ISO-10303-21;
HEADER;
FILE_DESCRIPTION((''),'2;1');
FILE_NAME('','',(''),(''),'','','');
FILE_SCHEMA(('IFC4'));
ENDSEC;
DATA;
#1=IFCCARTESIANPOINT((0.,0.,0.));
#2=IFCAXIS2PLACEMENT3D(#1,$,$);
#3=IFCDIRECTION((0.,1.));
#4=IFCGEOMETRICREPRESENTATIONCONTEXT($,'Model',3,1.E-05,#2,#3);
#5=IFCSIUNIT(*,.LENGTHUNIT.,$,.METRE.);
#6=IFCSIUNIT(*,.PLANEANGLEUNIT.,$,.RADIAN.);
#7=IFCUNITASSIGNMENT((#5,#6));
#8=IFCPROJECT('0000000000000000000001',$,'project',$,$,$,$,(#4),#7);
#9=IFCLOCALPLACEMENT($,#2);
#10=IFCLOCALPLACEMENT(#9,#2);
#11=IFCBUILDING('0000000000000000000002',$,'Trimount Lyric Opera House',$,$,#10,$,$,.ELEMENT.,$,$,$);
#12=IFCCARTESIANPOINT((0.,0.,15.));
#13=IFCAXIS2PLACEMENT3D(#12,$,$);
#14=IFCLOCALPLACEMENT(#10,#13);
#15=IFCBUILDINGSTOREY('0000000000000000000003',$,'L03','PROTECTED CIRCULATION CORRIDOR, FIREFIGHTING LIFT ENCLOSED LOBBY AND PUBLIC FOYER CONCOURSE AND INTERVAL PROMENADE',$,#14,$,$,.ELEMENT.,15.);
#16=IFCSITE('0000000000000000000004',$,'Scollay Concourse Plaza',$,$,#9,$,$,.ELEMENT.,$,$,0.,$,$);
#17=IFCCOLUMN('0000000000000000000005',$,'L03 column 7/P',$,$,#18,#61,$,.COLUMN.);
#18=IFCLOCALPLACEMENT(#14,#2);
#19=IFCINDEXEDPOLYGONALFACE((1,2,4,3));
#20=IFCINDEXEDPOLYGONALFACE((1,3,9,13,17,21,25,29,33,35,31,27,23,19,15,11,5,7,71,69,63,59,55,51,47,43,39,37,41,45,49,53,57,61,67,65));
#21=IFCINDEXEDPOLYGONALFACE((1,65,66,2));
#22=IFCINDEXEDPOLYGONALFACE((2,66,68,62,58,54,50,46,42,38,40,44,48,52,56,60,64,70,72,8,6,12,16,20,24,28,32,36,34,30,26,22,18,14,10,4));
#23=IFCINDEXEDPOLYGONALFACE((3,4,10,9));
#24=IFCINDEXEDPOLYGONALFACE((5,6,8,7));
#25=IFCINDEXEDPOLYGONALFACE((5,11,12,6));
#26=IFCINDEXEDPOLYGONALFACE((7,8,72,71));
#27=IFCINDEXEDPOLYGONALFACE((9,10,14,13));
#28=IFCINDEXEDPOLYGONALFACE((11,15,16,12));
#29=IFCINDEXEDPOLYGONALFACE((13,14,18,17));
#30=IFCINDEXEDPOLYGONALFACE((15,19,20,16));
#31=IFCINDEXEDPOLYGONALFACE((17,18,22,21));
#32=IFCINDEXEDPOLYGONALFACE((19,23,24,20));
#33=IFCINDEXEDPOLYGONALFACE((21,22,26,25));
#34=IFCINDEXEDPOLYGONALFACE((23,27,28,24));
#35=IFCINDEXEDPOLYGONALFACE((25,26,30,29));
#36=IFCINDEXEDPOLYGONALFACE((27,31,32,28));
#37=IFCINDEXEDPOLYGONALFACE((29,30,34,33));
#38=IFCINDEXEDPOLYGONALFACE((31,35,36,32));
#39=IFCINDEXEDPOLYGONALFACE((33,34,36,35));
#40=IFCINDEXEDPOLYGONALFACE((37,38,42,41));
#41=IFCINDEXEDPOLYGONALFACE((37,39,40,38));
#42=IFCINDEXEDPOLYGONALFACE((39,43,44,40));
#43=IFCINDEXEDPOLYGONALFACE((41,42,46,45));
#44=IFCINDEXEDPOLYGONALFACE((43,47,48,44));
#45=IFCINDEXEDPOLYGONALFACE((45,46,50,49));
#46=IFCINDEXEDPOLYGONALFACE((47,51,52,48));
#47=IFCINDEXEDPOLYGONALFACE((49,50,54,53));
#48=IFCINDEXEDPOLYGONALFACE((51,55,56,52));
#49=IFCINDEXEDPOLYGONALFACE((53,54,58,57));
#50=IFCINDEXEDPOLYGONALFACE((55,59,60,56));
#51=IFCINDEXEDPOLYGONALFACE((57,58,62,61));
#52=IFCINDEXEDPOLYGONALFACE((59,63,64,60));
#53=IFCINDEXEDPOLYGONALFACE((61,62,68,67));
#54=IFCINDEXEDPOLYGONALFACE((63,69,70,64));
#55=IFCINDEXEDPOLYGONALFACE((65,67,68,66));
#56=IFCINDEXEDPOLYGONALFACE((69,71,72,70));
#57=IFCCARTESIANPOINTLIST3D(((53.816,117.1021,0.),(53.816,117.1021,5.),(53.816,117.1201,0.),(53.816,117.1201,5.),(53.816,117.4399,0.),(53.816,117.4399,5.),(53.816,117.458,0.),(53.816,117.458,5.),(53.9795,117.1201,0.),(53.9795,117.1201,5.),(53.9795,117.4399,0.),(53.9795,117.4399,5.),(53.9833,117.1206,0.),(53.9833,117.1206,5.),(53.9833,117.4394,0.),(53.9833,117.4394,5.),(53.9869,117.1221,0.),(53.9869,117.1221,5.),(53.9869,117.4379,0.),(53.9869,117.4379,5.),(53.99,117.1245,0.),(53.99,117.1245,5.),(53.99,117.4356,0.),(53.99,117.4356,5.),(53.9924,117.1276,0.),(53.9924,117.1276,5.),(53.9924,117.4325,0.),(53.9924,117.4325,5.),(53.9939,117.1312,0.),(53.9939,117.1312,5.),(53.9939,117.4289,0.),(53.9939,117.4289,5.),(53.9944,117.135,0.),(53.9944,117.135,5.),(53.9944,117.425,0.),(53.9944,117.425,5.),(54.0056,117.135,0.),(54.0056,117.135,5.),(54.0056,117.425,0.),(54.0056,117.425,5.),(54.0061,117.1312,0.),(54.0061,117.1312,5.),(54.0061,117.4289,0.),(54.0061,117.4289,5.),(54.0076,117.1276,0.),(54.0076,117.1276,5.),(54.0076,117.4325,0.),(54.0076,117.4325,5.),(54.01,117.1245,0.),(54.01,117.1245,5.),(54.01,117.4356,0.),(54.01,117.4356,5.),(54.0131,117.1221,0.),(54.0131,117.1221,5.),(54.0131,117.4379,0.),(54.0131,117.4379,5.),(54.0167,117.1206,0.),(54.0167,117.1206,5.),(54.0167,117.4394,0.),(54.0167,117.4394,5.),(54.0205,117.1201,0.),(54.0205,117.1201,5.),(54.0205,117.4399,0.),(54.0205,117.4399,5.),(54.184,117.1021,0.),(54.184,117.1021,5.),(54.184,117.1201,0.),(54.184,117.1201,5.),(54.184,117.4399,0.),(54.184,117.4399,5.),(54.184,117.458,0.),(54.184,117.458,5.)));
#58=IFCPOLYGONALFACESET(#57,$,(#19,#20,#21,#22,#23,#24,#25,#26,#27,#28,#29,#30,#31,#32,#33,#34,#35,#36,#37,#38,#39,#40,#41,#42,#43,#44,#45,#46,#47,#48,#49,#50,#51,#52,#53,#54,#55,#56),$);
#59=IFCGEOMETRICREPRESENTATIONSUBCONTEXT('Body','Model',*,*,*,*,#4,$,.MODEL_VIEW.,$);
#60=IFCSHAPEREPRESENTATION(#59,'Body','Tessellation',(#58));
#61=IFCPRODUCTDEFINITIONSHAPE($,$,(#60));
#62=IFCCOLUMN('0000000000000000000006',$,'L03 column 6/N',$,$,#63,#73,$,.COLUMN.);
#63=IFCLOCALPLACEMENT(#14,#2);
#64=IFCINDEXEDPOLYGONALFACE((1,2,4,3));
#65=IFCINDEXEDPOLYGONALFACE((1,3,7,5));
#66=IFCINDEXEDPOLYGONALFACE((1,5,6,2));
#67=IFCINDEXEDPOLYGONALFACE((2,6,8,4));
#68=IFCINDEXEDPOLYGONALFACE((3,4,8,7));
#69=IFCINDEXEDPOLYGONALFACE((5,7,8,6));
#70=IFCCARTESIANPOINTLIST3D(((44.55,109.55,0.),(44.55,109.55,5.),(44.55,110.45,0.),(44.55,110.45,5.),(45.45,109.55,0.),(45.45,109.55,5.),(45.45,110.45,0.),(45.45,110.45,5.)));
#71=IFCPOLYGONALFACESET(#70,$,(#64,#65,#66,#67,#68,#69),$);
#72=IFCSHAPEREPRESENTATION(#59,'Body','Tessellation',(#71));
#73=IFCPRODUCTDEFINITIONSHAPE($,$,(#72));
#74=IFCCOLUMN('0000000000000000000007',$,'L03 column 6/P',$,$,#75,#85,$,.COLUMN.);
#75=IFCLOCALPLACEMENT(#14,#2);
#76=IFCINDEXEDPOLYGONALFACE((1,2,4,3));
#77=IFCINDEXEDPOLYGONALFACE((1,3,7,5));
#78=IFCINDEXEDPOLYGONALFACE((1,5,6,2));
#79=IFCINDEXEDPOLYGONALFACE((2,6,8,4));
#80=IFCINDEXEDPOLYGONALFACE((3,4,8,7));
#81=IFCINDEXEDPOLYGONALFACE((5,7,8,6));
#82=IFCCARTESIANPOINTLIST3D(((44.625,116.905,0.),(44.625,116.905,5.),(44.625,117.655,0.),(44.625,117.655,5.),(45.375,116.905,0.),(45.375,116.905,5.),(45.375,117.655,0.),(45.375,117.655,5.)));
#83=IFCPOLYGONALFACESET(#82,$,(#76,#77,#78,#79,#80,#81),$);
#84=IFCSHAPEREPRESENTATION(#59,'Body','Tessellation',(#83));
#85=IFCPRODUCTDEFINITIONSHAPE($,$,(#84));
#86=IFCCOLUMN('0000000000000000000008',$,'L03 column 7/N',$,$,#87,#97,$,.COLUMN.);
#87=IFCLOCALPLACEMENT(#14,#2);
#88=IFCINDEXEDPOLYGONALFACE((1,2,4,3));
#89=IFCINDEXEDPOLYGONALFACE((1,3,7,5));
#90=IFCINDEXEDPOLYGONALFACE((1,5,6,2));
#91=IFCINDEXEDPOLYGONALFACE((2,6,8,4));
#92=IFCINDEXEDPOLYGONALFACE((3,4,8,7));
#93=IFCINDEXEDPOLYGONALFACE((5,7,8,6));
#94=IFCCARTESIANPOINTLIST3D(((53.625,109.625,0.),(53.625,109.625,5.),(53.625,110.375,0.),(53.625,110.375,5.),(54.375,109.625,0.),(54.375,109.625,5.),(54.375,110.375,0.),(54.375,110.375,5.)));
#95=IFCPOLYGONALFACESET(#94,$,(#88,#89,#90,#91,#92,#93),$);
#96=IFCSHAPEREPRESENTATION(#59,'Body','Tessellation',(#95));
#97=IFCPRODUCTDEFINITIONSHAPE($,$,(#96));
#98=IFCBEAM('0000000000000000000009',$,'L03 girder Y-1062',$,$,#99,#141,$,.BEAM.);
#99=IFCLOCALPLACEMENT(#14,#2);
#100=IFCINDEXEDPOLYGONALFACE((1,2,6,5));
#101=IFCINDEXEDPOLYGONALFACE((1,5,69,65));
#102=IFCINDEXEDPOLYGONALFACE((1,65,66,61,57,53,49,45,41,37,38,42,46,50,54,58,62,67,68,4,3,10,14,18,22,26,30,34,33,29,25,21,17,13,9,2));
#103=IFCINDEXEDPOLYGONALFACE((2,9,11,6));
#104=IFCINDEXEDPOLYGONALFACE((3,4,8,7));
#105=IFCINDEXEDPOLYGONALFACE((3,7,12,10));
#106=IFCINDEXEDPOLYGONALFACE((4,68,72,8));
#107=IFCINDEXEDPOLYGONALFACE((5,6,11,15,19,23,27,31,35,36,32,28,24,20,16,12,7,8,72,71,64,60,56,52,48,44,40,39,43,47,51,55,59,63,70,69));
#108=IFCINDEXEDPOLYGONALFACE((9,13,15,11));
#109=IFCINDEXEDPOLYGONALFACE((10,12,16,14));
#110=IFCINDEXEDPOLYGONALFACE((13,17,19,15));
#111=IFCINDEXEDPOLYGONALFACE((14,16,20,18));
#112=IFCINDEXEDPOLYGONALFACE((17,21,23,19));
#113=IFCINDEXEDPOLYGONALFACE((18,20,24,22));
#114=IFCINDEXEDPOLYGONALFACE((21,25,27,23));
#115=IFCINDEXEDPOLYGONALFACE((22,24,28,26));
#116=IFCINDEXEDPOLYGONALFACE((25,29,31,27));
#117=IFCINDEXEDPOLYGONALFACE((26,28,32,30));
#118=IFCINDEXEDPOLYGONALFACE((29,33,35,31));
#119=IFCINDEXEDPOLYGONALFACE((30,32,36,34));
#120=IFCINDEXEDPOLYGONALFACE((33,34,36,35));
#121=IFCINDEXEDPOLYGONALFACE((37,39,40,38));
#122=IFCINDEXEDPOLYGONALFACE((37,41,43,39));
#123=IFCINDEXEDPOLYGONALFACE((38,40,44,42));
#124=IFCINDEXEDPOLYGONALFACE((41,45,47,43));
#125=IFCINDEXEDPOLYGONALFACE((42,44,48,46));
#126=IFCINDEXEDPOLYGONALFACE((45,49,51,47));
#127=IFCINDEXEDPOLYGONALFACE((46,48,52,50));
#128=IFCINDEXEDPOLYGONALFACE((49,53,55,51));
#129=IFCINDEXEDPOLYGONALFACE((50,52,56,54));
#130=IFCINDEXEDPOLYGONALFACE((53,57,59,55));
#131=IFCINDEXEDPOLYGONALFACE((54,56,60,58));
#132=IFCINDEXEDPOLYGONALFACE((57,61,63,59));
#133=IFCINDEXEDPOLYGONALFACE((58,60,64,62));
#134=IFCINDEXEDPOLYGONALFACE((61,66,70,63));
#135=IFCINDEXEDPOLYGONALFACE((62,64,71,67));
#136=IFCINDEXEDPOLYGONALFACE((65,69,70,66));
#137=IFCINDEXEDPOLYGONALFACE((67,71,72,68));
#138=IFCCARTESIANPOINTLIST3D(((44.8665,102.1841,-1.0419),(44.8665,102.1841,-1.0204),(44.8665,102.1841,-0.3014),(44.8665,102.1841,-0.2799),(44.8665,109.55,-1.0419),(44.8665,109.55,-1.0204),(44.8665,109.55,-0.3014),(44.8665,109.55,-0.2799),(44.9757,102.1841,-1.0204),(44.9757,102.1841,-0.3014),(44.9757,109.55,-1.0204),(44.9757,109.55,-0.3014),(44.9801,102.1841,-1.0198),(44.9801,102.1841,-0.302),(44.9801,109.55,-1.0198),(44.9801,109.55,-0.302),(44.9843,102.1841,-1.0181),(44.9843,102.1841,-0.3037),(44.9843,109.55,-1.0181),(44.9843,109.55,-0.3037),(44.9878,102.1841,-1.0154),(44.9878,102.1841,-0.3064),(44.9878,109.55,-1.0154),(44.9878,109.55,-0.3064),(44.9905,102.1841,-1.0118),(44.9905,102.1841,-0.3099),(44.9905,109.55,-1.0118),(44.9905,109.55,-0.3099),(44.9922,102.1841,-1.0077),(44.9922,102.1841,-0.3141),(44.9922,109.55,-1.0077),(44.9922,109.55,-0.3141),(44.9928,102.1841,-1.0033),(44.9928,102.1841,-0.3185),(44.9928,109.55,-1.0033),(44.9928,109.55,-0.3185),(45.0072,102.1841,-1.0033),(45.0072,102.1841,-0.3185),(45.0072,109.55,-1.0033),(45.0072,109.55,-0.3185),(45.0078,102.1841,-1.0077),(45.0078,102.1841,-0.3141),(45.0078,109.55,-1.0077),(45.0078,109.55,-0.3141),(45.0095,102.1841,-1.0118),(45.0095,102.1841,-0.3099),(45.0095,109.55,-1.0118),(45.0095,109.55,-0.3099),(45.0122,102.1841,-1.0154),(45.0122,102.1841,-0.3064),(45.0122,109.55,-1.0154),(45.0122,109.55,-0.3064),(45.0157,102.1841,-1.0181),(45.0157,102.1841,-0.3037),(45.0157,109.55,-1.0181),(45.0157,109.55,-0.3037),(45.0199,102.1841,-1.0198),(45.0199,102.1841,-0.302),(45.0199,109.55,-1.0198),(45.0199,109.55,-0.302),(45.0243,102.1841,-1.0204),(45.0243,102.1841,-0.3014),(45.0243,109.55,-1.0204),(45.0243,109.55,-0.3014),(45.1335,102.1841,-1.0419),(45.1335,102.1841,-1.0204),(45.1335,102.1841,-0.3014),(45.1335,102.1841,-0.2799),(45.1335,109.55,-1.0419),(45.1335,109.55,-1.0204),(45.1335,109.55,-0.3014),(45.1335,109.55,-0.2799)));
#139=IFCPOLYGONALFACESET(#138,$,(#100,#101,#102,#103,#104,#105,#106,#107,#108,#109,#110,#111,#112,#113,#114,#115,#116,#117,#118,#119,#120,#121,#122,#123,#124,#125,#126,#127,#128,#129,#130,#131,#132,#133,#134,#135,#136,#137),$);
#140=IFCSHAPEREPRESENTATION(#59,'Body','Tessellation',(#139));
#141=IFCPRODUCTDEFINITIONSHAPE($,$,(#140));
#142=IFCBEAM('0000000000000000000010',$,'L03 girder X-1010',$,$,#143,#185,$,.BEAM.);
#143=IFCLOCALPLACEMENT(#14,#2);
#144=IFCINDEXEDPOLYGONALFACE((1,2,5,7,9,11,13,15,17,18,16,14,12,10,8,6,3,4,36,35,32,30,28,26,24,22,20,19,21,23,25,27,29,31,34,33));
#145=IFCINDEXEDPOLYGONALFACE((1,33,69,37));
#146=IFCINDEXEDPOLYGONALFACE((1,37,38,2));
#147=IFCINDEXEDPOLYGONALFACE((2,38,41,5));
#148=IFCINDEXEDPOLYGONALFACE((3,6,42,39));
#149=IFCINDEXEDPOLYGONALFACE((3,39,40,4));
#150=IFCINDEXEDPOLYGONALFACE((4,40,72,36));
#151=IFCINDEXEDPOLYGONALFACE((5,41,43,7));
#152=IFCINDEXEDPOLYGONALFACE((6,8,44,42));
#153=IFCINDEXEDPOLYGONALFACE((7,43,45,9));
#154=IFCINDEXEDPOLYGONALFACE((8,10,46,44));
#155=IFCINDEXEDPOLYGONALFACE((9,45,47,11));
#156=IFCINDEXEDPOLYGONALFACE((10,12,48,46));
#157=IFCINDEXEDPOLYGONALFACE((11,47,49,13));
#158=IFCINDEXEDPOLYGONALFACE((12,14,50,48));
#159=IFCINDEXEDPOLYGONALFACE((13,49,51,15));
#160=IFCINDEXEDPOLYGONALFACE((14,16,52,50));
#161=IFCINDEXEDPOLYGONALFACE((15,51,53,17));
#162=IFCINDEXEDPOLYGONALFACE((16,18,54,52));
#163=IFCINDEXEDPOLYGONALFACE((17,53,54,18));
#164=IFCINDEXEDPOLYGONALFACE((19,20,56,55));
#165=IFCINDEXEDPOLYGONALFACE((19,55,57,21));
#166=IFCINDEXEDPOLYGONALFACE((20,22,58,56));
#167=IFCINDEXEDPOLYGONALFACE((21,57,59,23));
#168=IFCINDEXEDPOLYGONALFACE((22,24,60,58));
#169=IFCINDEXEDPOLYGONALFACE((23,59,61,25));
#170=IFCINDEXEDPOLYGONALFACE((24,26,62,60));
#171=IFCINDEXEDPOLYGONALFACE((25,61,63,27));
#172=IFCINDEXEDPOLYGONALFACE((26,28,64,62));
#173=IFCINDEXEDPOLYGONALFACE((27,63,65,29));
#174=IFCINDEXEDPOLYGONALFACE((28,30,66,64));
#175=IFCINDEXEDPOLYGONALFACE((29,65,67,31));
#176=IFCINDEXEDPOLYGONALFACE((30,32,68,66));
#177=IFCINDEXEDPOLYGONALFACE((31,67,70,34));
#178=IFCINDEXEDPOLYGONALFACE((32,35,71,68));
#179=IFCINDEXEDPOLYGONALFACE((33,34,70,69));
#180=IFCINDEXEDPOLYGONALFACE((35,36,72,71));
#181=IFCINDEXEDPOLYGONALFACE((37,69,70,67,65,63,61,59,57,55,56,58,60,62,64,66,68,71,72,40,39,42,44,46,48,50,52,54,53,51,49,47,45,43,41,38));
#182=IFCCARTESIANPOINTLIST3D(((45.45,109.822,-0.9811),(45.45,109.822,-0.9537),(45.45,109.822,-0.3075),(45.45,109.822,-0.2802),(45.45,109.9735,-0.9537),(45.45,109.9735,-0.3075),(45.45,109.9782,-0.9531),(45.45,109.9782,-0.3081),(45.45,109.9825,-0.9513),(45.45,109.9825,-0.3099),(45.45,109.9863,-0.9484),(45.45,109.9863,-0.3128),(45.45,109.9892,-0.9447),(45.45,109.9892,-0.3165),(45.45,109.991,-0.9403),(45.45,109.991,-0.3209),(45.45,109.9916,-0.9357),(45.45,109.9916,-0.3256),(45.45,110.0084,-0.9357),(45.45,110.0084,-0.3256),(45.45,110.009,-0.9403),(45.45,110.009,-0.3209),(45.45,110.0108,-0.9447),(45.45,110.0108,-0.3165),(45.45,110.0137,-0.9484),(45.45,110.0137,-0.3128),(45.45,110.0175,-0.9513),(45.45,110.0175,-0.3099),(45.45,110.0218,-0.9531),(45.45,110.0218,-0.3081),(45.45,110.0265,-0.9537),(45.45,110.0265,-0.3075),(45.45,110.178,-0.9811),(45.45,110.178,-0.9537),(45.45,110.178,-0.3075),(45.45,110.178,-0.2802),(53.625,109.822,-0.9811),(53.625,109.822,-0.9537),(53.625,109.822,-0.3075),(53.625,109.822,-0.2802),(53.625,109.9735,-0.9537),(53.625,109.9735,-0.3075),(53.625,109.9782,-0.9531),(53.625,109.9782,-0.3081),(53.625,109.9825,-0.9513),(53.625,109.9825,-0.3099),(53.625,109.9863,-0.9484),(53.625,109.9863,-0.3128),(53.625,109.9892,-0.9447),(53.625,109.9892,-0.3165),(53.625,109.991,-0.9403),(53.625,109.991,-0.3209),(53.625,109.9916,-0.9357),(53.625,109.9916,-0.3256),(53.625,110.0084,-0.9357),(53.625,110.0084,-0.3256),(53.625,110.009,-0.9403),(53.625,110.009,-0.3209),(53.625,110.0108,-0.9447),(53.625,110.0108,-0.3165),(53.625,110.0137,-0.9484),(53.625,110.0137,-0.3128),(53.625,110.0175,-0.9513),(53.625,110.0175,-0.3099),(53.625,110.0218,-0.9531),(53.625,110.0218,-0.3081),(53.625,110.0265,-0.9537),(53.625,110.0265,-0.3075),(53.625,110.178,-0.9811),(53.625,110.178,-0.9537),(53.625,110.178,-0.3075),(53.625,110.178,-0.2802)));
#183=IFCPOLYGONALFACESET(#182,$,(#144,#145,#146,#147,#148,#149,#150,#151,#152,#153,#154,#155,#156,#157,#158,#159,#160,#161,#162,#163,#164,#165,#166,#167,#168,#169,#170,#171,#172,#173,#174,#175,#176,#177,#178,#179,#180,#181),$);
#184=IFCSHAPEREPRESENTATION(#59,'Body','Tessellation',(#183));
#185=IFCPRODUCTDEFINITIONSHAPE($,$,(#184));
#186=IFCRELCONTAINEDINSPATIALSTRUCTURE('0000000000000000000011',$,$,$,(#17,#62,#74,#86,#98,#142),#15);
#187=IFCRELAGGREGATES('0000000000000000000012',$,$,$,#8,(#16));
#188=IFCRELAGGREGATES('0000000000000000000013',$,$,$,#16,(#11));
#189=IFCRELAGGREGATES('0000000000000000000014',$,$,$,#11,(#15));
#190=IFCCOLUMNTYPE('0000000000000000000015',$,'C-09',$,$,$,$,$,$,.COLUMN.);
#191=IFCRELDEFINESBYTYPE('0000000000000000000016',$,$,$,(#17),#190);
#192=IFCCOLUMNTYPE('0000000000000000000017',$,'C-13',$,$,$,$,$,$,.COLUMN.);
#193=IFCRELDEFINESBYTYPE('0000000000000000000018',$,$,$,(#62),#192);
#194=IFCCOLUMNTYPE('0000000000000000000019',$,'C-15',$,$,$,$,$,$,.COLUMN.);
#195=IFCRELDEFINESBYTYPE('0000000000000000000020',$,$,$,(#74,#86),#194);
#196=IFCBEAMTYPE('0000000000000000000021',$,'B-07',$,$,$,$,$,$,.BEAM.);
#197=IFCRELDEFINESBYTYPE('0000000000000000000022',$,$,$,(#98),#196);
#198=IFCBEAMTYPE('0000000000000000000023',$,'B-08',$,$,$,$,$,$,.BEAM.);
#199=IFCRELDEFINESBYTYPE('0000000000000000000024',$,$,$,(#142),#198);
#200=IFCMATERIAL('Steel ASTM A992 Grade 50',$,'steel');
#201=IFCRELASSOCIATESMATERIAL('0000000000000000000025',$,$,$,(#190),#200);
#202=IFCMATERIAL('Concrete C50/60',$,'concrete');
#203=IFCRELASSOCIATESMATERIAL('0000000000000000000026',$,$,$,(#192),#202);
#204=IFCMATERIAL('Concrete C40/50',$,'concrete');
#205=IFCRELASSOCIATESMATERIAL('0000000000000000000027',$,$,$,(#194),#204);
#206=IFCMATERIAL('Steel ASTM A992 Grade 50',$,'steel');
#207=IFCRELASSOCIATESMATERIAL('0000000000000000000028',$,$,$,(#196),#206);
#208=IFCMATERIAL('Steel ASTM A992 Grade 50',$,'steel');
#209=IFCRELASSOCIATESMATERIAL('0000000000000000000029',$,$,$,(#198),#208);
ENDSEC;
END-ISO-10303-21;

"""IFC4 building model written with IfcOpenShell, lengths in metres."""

from ifc_helpers import new_model, si_unit, direction, frame, origin, origin_2d, place, context, subcontext, project, spatial, rectangle, i_section, extrude, material, material_profile, profile_set, type_object, element, save


model = new_model("IFC4")

# Units and contexts
model_context = context("Model", 3, precision=1e-05, world=origin(), true_north=direction((0.0, 1.0)))
body_context = subcontext(model_context, "Body", "Model", "MODEL_VIEW")
ifc_project = project(units=[si_unit("LENGTHUNIT", "METRE"), si_unit("PLANEANGLEUNIT", "RADIAN")], contexts=[model_context])

# Site, building, storey
site_placement = place(None, origin())
site = spatial("IfcSite", under=ifc_project, at=site_placement, Name="Scollay Concourse Plaza", CompositionType="ELEMENT", RefElevation=0.0)
building_placement = place(site_placement, origin())
building = spatial("IfcBuilding", under=site, at=building_placement, Name="Trimount Lyric Opera House", CompositionType="ELEMENT")
storey_placement = place(building_placement, frame((0.0, 0.0, 15.0)))
storey = spatial("IfcBuildingStorey", under=building, at=storey_placement, Name="L03", Description="PROTECTED CIRCULATION CORRIDOR, FIREFIGHTING LIFT ENCLOSED LOBBY AND PUBLIC FOYER CONCOURSE AND INTERVAL PROMENADE", CompositionType="ELEMENT", Elevation=15.0)

# Columns
ifc_material_1 = material(Name="Steel ASTM A992 Grade 50", Category="steel")
ifc_material_profile_1 = material_profile(ifc_material_1, i_section(OverallWidth=0.3679, OverallDepth=0.356, WebThickness=0.0112, FlangeThickness=0.0181, FilletRadius=0.0149, at=origin_2d()), Name="W14X90")
ifc_profile_set_1 = profile_set([ifc_material_profile_1], Name="Steel ASTM A992 Grade 50")
column_type_1 = type_object("IfcColumnType", Name="C-09", PredefinedType="COLUMN", material=ifc_profile_set_1)
column_1_placement = place(storey_placement, frame((54.0, 117.28, 0.0), z_axis=(0.0, 0.0, 1.0), x_axis=(1.0, 0.0, 0.0)))
element("IfcColumn", 1, at=column_1_placement, inside=storey, type_object=column_type_1, Name="L03 column 7/P", PredefinedType="COLUMN", context=body_context, shape_type="SweptSolid", body=[
    extrude(i_section(OverallWidth=0.3679, OverallDepth=0.356, WebThickness=0.0112, FlangeThickness=0.0181, FilletRadius=0.0149, at=origin_2d()), origin(), (0.0, 0.0, 1.0), 5.0),
])
ifc_material_2 = material(Name="Concrete C50/60", Category="concrete")
ifc_material_profile_2 = material_profile(ifc_material_2, rectangle(XDim=0.8999, YDim=0.8999, at=origin_2d()), Name="RC900X900")
ifc_profile_set_2 = profile_set([ifc_material_profile_2], Name="Concrete C50/60")
column_type_2 = type_object("IfcColumnType", Name="C-13", PredefinedType="COLUMN", material=ifc_profile_set_2)
column_2_placement = place(storey_placement, frame((45.0, 110.0, 0.0), z_axis=(0.0, 0.0, 1.0), x_axis=(1.0, 0.0, 0.0)))
element("IfcColumn", 2, at=column_2_placement, inside=storey, type_object=column_type_2, Name="L03 column 6/N", PredefinedType="COLUMN", context=body_context, shape_type="SweptSolid", body=[
    extrude(rectangle(XDim=0.8999, YDim=0.8999, at=origin_2d()), origin(), (0.0, 0.0, 1.0), 5.0),
])
ifc_material_3 = material(Name="Concrete C40/50", Category="concrete")
ifc_material_profile_3 = material_profile(ifc_material_3, rectangle(XDim=0.75, YDim=0.75, at=origin_2d()), Name="RC750X750")
ifc_profile_set_3 = profile_set([ifc_material_profile_3], Name="Concrete C40/50")
column_type_3 = type_object("IfcColumnType", Name="C-15", PredefinedType="COLUMN", material=ifc_profile_set_3)
for number, where, z_axis, x_axis, name in (
    (3, (45.0, 117.28, 0.0), (0.0, 0.0, 1.0), (1.0, 0.0, 0.0), "L03 column 6/P"),
    (4, (54.0, 110.0, 0.0), (0.0, 0.0, 1.0), (1.0, 0.0, 0.0), "L03 column 7/N"),
):
    element("IfcColumn", number, at=place(storey_placement, frame(where, z_axis=z_axis, x_axis=x_axis)), inside=storey, type_object=column_type_3, Name=name, PredefinedType="COLUMN", context=body_context, shape_type="SweptSolid", body=[
        extrude(rectangle(XDim=0.75, YDim=0.75, at=origin_2d()), origin(), (0.0, 0.0, 1.0), 5.0),
    ])

# Beams
ifc_material_4 = material(Name="Steel ASTM A992 Grade 50", Category="steel")
ifc_material_profile_4 = material_profile(ifc_material_4, i_section(OverallWidth=0.2671, OverallDepth=0.762, WebThickness=0.0144, FlangeThickness=0.0215, FilletRadius=0.0171, at=origin_2d()), Name="W30X116")
ifc_profile_set_4 = profile_set([ifc_material_profile_4], Name="Steel ASTM A992 Grade 50")
beam_type_1 = type_object("IfcBeamType", Name="B-07", PredefinedType="BEAM", material=ifc_profile_set_4)
beam_1_placement = place(storey_placement, frame((45.0, 102.1841, -0.6609), z_axis=(0.0, 1.0, 0.0), x_axis=(-1.0, 0.0, 0.0)))
element("IfcBeam", 5, at=beam_1_placement, inside=storey, type_object=beam_type_1, Name="L03 girder Y-1062", PredefinedType="BEAM", context=body_context, shape_type="SweptSolid", body=[
    extrude(i_section(OverallWidth=0.2671, OverallDepth=0.762, WebThickness=0.0144, FlangeThickness=0.0215, FilletRadius=0.0171, at=origin_2d()), origin(), (0.0, 0.0, 1.0), 7.366),
])
ifc_material_5 = material(Name="Steel ASTM A992 Grade 50", Category="steel")
ifc_material_profile_5 = material_profile(ifc_material_5, i_section(OverallWidth=0.356, OverallDepth=0.7009, WebThickness=0.0168, FlangeThickness=0.0273, FilletRadius=0.0181, at=origin_2d()), Name="W27X161")
ifc_profile_set_5 = profile_set([ifc_material_profile_5], Name="Steel ASTM A992 Grade 50")
beam_type_2 = type_object("IfcBeamType", Name="B-08", PredefinedType="BEAM", material=ifc_profile_set_5)
beam_2_placement = place(storey_placement, frame((45.45, 110.0, -0.6306), z_axis=(1.0, 0.0, 0.0), x_axis=(0.0, 1.0, 0.0)))
element("IfcBeam", 6, at=beam_2_placement, inside=storey, type_object=beam_type_2, Name="L03 girder X-1010", PredefinedType="BEAM", context=body_context, shape_type="SweptSolid", body=[
    extrude(i_section(OverallWidth=0.356, OverallDepth=0.7009, WebThickness=0.0168, FlangeThickness=0.0273, FilletRadius=0.0181, at=origin_2d()), origin(), (0.0, 0.0, 1.0), 8.175),
])

save(model, "model.ifc")
